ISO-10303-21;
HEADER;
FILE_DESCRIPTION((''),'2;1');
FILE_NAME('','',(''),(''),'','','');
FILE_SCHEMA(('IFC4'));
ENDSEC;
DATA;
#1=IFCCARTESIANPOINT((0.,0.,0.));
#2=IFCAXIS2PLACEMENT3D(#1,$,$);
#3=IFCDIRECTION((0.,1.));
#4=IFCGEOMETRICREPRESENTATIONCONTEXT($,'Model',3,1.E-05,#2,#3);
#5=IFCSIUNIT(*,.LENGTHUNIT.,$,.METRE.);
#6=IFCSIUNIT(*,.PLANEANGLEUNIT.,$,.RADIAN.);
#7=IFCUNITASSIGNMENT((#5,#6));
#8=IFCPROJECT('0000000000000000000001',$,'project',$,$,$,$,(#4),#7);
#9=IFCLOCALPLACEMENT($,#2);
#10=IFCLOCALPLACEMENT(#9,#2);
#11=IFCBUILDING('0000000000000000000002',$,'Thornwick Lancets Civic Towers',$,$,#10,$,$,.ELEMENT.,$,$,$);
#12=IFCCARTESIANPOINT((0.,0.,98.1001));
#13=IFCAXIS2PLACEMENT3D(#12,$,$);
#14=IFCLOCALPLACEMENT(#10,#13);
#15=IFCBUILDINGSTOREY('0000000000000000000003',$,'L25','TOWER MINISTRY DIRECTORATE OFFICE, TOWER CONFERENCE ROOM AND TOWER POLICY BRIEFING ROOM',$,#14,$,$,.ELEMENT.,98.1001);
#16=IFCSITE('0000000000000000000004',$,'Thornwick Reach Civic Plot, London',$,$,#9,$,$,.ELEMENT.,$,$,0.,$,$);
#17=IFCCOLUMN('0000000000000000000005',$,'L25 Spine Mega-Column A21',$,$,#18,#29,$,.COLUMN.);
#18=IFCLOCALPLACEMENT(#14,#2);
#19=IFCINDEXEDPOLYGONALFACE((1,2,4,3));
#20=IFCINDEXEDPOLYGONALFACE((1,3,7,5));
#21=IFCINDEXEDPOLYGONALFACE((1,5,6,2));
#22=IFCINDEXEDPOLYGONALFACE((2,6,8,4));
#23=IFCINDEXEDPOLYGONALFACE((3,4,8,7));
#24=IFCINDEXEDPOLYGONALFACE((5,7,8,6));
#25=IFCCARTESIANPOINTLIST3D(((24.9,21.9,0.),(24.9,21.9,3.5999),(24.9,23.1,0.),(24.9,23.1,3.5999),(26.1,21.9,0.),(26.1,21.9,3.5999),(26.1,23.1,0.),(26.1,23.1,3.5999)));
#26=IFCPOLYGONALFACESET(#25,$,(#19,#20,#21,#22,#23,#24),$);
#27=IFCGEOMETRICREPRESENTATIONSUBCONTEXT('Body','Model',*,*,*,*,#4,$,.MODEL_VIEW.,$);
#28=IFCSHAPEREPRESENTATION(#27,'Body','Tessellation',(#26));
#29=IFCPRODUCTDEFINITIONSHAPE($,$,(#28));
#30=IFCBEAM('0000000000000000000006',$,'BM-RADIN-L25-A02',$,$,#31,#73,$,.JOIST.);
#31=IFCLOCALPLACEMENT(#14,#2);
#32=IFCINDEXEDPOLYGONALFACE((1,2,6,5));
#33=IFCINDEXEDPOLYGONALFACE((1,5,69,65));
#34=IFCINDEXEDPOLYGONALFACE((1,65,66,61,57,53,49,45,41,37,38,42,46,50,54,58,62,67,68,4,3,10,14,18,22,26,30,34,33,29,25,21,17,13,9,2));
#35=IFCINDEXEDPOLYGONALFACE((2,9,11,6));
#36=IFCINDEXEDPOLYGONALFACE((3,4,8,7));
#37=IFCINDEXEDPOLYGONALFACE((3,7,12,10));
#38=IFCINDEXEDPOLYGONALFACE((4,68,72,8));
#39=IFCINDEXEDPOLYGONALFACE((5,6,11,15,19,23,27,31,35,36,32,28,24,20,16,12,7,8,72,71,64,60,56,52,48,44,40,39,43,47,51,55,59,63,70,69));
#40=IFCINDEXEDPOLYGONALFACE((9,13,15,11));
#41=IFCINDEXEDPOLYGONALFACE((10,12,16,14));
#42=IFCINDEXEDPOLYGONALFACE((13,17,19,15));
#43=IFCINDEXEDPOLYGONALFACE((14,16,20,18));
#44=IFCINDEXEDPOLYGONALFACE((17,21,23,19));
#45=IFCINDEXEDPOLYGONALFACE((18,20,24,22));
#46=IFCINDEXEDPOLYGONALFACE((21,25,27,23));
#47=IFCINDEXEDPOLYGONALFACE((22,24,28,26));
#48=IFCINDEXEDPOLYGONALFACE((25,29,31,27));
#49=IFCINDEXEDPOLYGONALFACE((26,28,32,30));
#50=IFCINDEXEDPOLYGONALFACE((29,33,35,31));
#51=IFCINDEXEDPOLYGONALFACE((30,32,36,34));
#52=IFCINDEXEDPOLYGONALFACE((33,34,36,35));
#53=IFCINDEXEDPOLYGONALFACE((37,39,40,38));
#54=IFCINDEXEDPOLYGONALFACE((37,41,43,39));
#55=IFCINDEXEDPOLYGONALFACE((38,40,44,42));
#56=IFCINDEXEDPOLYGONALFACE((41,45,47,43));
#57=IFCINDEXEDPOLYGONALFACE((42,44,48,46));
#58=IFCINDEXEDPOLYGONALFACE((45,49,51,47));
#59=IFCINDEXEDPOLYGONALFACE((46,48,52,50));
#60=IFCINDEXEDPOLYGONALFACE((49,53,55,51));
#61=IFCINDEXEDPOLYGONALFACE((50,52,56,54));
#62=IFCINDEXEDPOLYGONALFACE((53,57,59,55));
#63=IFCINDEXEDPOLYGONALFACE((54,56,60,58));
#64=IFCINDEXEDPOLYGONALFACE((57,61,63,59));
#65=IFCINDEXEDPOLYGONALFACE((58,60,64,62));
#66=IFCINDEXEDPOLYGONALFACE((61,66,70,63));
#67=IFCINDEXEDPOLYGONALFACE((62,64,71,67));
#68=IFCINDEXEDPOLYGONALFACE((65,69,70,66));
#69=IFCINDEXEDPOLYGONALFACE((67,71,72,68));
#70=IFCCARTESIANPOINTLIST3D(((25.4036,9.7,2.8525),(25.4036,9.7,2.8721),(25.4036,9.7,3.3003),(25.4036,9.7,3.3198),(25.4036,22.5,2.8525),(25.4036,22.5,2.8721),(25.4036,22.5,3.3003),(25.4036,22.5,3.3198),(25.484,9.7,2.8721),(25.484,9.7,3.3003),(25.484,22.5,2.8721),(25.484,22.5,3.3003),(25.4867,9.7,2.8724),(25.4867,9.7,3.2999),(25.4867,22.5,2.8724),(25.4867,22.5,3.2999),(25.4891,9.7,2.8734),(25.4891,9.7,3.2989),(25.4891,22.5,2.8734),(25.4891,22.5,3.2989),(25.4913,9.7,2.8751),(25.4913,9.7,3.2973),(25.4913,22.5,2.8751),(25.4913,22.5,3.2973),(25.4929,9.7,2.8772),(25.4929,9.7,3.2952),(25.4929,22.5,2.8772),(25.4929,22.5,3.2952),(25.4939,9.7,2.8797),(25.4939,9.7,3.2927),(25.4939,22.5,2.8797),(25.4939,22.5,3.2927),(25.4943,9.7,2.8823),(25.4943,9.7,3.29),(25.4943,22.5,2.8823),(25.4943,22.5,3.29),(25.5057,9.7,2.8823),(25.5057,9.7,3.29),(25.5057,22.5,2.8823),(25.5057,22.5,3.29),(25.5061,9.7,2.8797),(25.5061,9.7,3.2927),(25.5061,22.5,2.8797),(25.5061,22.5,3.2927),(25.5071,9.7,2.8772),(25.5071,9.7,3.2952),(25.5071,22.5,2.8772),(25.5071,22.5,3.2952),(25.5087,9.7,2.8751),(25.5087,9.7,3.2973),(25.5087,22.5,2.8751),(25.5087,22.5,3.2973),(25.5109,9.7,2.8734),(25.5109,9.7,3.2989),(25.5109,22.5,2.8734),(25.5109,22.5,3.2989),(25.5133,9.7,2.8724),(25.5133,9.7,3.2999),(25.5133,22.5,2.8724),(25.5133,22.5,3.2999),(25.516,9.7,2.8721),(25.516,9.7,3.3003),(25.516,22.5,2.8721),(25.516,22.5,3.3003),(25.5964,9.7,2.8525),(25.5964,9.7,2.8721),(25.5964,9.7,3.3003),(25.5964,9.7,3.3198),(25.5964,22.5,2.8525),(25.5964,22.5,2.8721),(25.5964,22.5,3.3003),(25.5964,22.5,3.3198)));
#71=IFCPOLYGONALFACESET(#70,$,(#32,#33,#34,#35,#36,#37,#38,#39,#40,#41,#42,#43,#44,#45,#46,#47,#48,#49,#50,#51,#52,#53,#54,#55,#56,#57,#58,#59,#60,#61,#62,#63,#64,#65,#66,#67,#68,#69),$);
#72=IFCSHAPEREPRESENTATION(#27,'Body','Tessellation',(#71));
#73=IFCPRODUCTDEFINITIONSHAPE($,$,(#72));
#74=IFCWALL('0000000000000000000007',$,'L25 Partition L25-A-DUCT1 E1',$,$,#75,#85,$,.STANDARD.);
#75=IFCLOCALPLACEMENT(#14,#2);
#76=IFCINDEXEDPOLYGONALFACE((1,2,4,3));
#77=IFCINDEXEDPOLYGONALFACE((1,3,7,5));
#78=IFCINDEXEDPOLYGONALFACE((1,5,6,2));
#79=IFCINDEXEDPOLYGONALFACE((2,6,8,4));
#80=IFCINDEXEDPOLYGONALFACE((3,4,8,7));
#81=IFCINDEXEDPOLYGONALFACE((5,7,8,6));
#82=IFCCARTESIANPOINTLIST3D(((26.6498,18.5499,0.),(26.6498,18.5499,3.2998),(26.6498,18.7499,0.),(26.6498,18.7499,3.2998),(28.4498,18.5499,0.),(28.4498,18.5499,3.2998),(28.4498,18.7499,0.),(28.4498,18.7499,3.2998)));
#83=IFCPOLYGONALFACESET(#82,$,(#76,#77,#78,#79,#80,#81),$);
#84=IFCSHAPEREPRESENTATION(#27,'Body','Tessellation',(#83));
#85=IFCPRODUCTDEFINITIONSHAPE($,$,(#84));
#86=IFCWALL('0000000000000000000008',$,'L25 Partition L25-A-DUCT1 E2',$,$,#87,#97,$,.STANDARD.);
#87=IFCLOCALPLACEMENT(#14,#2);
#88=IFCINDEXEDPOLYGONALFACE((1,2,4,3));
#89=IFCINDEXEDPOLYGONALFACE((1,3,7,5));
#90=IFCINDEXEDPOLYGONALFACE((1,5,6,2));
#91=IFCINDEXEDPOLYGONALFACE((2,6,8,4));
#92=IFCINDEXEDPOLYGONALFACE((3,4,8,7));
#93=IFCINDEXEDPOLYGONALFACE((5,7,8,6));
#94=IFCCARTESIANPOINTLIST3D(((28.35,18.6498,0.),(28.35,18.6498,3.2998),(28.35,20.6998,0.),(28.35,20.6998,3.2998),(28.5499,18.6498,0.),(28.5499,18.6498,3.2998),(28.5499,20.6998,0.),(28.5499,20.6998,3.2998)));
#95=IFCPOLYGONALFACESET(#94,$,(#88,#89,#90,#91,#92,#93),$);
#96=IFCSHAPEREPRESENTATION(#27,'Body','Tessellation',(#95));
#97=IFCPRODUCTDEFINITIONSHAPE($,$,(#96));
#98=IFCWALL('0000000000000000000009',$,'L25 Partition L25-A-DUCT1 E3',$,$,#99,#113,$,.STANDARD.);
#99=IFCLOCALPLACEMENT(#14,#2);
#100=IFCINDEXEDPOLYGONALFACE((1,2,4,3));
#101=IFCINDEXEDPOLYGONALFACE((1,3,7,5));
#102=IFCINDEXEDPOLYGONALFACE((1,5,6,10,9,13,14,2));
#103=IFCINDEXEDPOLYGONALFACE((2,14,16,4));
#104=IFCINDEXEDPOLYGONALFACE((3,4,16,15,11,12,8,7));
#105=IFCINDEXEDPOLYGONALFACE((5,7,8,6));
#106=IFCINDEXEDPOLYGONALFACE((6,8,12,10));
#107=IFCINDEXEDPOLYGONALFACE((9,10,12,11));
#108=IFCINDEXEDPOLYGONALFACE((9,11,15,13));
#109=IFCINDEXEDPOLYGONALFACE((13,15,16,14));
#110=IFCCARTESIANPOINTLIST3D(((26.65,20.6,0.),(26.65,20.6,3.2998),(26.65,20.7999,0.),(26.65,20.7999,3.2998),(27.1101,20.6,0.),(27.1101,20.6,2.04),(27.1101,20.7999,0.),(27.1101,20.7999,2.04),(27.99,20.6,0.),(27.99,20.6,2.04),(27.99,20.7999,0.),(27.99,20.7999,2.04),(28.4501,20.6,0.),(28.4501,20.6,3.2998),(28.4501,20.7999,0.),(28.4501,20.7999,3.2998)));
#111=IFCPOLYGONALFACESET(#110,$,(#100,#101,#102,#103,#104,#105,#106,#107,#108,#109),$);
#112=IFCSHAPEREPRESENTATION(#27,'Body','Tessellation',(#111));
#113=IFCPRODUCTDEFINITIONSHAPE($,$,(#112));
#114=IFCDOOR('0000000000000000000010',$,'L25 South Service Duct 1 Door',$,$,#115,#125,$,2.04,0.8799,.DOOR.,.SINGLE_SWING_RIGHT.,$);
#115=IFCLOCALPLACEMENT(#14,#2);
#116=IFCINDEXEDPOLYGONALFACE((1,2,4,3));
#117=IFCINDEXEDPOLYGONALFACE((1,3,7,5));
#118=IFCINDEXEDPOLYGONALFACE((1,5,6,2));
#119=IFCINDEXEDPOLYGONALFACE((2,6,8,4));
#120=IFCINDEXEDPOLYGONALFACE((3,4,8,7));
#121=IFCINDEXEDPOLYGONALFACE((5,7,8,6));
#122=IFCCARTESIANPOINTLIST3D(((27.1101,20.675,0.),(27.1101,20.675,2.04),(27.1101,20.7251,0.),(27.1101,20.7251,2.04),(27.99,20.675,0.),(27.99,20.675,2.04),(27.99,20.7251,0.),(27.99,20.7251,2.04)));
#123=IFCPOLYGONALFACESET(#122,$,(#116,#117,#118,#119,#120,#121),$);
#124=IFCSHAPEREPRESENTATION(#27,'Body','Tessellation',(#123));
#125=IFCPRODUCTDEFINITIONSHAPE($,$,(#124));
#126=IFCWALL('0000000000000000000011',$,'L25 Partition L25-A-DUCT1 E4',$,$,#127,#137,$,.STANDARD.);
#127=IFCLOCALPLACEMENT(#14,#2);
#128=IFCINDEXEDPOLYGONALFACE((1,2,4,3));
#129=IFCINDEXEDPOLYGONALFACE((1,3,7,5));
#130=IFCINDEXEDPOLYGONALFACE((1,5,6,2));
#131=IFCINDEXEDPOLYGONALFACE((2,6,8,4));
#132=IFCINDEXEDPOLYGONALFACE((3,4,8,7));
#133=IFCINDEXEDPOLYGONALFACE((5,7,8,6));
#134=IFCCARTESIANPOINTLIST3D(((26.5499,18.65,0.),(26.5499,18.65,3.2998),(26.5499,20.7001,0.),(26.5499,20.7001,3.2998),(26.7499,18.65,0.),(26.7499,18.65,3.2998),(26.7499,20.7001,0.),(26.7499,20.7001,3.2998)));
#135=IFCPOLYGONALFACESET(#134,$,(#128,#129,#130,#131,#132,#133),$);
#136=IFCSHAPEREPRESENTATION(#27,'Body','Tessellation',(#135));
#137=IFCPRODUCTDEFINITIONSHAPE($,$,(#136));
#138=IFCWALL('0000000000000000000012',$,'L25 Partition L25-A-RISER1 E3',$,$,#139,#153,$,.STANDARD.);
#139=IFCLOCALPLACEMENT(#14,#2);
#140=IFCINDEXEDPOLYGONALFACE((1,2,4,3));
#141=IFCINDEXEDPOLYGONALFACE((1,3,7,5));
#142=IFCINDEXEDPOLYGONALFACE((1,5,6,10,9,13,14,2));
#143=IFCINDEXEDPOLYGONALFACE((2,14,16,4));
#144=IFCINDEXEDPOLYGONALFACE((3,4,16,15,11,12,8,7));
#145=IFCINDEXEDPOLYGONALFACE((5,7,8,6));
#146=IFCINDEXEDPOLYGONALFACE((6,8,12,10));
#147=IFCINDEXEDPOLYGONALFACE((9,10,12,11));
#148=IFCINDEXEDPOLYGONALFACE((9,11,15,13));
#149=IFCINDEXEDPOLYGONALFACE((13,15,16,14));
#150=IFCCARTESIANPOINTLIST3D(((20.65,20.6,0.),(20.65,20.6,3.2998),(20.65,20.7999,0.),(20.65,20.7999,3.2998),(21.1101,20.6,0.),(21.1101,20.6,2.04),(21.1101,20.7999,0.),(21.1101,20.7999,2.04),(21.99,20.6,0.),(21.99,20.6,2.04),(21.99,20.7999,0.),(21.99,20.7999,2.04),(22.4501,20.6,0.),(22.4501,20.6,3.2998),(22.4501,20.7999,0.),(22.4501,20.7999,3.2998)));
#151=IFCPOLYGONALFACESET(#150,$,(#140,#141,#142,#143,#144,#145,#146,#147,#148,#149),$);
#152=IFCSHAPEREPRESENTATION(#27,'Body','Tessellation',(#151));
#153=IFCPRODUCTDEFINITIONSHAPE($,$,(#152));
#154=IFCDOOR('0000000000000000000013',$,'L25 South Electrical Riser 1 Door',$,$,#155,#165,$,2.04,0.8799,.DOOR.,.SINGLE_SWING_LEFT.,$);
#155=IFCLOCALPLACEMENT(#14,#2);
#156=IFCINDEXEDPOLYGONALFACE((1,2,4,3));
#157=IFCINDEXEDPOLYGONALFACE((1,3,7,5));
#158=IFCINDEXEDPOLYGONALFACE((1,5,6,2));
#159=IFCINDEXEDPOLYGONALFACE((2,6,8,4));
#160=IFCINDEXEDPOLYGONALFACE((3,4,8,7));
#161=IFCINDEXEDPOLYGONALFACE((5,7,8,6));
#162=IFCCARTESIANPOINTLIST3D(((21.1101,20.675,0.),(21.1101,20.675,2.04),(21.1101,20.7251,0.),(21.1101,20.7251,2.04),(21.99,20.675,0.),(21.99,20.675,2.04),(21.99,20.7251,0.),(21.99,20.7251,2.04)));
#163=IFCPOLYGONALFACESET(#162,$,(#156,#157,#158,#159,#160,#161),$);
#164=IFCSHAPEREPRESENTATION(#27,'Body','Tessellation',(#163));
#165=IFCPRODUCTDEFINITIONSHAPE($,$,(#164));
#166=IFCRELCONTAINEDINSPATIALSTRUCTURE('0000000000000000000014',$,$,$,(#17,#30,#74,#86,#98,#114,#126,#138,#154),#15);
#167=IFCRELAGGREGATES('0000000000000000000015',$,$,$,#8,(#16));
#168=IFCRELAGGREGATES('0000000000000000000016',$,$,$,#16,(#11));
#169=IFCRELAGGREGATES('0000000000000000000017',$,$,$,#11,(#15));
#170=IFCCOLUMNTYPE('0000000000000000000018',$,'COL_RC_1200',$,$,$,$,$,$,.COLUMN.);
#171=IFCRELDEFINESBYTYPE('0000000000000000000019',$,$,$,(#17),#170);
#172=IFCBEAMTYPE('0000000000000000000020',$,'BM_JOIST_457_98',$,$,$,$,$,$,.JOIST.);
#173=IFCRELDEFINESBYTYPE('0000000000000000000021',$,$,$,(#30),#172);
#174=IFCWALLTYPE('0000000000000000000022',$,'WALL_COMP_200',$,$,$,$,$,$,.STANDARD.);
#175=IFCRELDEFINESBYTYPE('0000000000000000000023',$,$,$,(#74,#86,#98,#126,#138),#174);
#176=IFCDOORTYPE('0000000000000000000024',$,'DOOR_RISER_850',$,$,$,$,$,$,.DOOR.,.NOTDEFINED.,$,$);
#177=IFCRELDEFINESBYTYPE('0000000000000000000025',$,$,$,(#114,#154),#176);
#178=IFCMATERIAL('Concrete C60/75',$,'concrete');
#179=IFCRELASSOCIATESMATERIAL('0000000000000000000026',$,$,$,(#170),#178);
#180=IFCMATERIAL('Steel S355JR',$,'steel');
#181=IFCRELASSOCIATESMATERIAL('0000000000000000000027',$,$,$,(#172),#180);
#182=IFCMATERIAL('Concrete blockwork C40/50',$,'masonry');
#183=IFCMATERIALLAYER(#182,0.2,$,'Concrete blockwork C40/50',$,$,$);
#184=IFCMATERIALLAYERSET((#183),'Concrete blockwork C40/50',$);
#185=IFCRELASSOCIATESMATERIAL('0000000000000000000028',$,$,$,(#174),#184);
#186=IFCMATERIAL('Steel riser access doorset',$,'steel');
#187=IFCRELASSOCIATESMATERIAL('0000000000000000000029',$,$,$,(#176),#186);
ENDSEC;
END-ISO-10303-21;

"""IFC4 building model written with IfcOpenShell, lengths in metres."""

from ifc_helpers import new_model, si_unit, direction, frame, frame_2d, origin, origin_2d, place, context, subcontext, project, spatial, rectangle, i_section, extrude, material, layer, layer_set, material_profile, profile_set, type_object, element, fill, save


model = new_model("IFC4")

# Units and contexts
model_context = context("Model", 3, precision=1e-05, world=origin(), true_north=direction((0.0, 1.0)))
body_context = subcontext(model_context, "Body", "Model", "MODEL_VIEW")
ifc_project = project(units=[si_unit("LENGTHUNIT", "METRE"), si_unit("PLANEANGLEUNIT", "RADIAN")], contexts=[model_context])

# Site, building, storey
site_placement = place(None, origin())
site = spatial("IfcSite", under=ifc_project, at=site_placement, Name="Thornwick Reach Civic Plot, London", CompositionType="ELEMENT", RefElevation=0.0)
building_placement = place(site_placement, origin())
building = spatial("IfcBuilding", under=site, at=building_placement, Name="Thornwick Lancets Civic Towers", CompositionType="ELEMENT")
storey_placement = place(building_placement, frame((0.0, 0.0, 98.1001)))
storey = spatial("IfcBuildingStorey", under=building, at=storey_placement, Name="L25", Description="TOWER MINISTRY DIRECTORATE OFFICE, TOWER CONFERENCE ROOM AND TOWER POLICY BRIEFING ROOM", CompositionType="ELEMENT", Elevation=98.1001)

# Column
ifc_material_1 = material(Name="Concrete C60/75", Category="concrete")
ifc_material_profile_1 = material_profile(ifc_material_1, rectangle(XDim=1.2, YDim=1.2, at=origin_2d()), Name="RC 1200x1200")
ifc_profile_set_1 = profile_set([ifc_material_profile_1], Name="Concrete C60/75")
column_type = type_object("IfcColumnType", Name="COL_RC_1200", PredefinedType="COLUMN", material=ifc_profile_set_1)
column_placement = place(storey_placement, frame((25.5, 22.5, 0.0), z_axis=(0.0, 0.0, 1.0), x_axis=(1.0, 0.0, 0.0)))
element("IfcColumn", 1, at=column_placement, inside=storey, type_object=column_type, Name="L25 Spine Mega-Column A21", PredefinedType="COLUMN", context=body_context, shape_type="SweptSolid", body=[
    extrude(rectangle(XDim=1.2, YDim=1.2, at=origin_2d()), origin(), (0.0, 0.0, 1.0), 3.5999),
])

# Beam
ifc_material_2 = material(Name="Steel S355JR", Category="steel")
ifc_material_profile_2 = material_profile(ifc_material_2, i_section(OverallWidth=0.1929, OverallDepth=0.4673, WebThickness=0.0115, FlangeThickness=0.0195, FilletRadius=0.0103, at=origin_2d()), Name="UKB 457x191x98")
ifc_profile_set_2 = profile_set([ifc_material_profile_2], Name="Steel S355JR")
beam_type = type_object("IfcBeamType", Name="BM_JOIST_457_98", PredefinedType="JOIST", material=ifc_profile_set_2)
beam_placement = place(storey_placement, frame((25.5, 22.5, 3.0862), z_axis=(0.0, -1.0, 0.0), x_axis=(1.0, 0.0, 0.0)))
element("IfcBeam", 2, at=beam_placement, inside=storey, type_object=beam_type, Name="BM-RADIN-L25-A02", PredefinedType="JOIST", context=body_context, shape_type="SweptSolid", body=[
    extrude(i_section(OverallWidth=0.1929, OverallDepth=0.4673, WebThickness=0.0115, FlangeThickness=0.0195, FilletRadius=0.0103, at=origin_2d()), origin(), (0.0, 0.0, 1.0), 12.8),
])

# Walls
ifc_material_3 = material(Name="Concrete blockwork C40/50", Category="masonry")
ifc_layer_1 = layer(ifc_material_3, 0.2, Name="Concrete blockwork C40/50")
ifc_layer_set_1 = layer_set([ifc_layer_1], Name="Concrete blockwork C40/50")
wall_type_1 = type_object("IfcWallType", Name="WALL_COMP_200", PredefinedType="STANDARD", material=ifc_layer_set_1)
wall_1_placement = place(storey_placement, frame((26.6499, 18.6499, 0.0), z_axis=(0.0, 0.0, 1.0), x_axis=(1.0, 0.0, 0.0)))
element("IfcWall", 3, at=wall_1_placement, inside=storey, type_object=wall_type_1, Name="L25 Partition L25-A-DUCT1 E1", PredefinedType="STANDARD", context=body_context, shape_type="SweptSolid", body=[
    extrude(rectangle(XDim=1.8, YDim=0.2, at=frame_2d((0.8999, 0.0))), origin(), (0.0, 0.0, 1.0), 3.2998),
])
wall_2_placement = place(storey_placement, frame((28.45, 18.6499, 0.0), z_axis=(0.0, 0.0, 1.0), x_axis=(0.0, 1.0, 0.0)))
element("IfcWall", 4, at=wall_2_placement, inside=storey, type_object=wall_type_1, Name="L25 Partition L25-A-DUCT1 E2", PredefinedType="STANDARD", context=body_context, shape_type="SweptSolid", body=[
    extrude(rectangle(XDim=2.05, YDim=0.2, at=frame_2d((1.0249, 0.0))), origin(), (0.0, 0.0, 1.0), 3.2998),
])

# Wall, opening, door
wall_3_placement = place(storey_placement, frame((28.45, 20.7, 0.0), z_axis=(0.0, 0.0, 1.0), x_axis=(-1.0, 0.0, 0.0)))
wall_3 = element("IfcWall", 5, at=wall_3_placement, inside=storey, type_object=wall_type_1, Name="L25 Partition L25-A-DUCT1 E3", PredefinedType="STANDARD", context=body_context, shape_type="SweptSolid", body=[
    extrude(rectangle(XDim=1.8, YDim=0.2, at=frame_2d((0.8999, 0.0))), origin(), (0.0, 0.0, 1.0), 3.2998),
])
opening_1_placement = place(wall_3_placement, frame((0.46, 0.0, 0.0)))
opening_1 = element("IfcOpeningElement", 6, at=opening_1_placement, cuts=wall_3, PredefinedType="OPENING", context=body_context, shape_type="SweptSolid", body=[
    extrude(rectangle(XDim=0.8799, YDim=2.04, at=frame_2d((0.4399, 1.02))), frame((0.0, 0.1099, 0.0), z_axis=(0.0, -1.0, 0.0), x_axis=(1.0, 0.0, 0.0)), (0.0, 0.0, 1.0), 0.22),
])
ifc_material_4 = material(Name="Steel riser access doorset", Category="steel")
door_type_1 = type_object("IfcDoorType", Name="DOOR_RISER_850", OperationType="NOTDEFINED", PredefinedType="DOOR", material=ifc_material_4)
door_1_placement = place(opening_1_placement, origin())
door_1 = element("IfcDoor", 7, at=door_1_placement, inside=storey, type_object=door_type_1, Name="L25 South Service Duct 1 Door", OperationType="SINGLE_SWING_RIGHT", OverallHeight=2.04, OverallWidth=0.8799, PredefinedType="DOOR", context=body_context, shape_type="SweptSolid", body=[
    extrude(rectangle(XDim=0.8799, YDim=2.04, at=frame_2d((0.4399, 1.02))), frame((0.0, 0.0249, 0.0), z_axis=(0.0, -1.0, 0.0), x_axis=(1.0, 0.0, 0.0)), (0.0, 0.0, 1.0), 0.05),
])
fill(opening_1, door_1)

# Wall
wall_4_placement = place(storey_placement, frame((26.6499, 20.7, 0.0), z_axis=(0.0, 0.0, 1.0), x_axis=(0.0, -1.0, 0.0)))
element("IfcWall", 8, at=wall_4_placement, inside=storey, type_object=wall_type_1, Name="L25 Partition L25-A-DUCT1 E4", PredefinedType="STANDARD", context=body_context, shape_type="SweptSolid", body=[
    extrude(rectangle(XDim=2.05, YDim=0.2, at=frame_2d((1.0249, 0.0))), origin(), (0.0, 0.0, 1.0), 3.2998),
])

# Wall, opening, door
wall_5_placement = place(storey_placement, frame((22.45, 20.7, 0.0), z_axis=(0.0, 0.0, 1.0), x_axis=(-1.0, 0.0, 0.0)))
wall_5 = element("IfcWall", 9, at=wall_5_placement, inside=storey, type_object=wall_type_1, Name="L25 Partition L25-A-RISER1 E3", PredefinedType="STANDARD", context=body_context, shape_type="SweptSolid", body=[
    extrude(rectangle(XDim=1.8, YDim=0.2, at=frame_2d((0.8999, 0.0))), origin(), (0.0, 0.0, 1.0), 3.2998),
])
opening_2_placement = place(wall_5_placement, frame((0.46, 0.0, 0.0)))
opening_2 = element("IfcOpeningElement", 10, at=opening_2_placement, cuts=wall_5, PredefinedType="OPENING", context=body_context, shape_type="SweptSolid", body=[
    extrude(rectangle(XDim=0.8799, YDim=2.04, at=frame_2d((0.4399, 1.02))), frame((0.0, 0.1099, 0.0), z_axis=(0.0, -1.0, 0.0), x_axis=(1.0, 0.0, 0.0)), (0.0, 0.0, 1.0), 0.22),
])
door_2_placement = place(opening_2_placement, origin())
door_2 = element("IfcDoor", 11, at=door_2_placement, inside=storey, type_object=door_type_1, Name="L25 South Electrical Riser 1 Door", OperationType="SINGLE_SWING_LEFT", OverallHeight=2.04, OverallWidth=0.8799, PredefinedType="DOOR", context=body_context, shape_type="SweptSolid", body=[
    extrude(rectangle(XDim=0.8799, YDim=2.04, at=frame_2d((0.4399, 1.02))), frame((0.0, 0.0249, 0.0), z_axis=(0.0, -1.0, 0.0), x_axis=(1.0, 0.0, 0.0)), (0.0, 0.0, 1.0), 0.05),
])
fill(opening_2, door_2)

save(model, "model.ifc")
